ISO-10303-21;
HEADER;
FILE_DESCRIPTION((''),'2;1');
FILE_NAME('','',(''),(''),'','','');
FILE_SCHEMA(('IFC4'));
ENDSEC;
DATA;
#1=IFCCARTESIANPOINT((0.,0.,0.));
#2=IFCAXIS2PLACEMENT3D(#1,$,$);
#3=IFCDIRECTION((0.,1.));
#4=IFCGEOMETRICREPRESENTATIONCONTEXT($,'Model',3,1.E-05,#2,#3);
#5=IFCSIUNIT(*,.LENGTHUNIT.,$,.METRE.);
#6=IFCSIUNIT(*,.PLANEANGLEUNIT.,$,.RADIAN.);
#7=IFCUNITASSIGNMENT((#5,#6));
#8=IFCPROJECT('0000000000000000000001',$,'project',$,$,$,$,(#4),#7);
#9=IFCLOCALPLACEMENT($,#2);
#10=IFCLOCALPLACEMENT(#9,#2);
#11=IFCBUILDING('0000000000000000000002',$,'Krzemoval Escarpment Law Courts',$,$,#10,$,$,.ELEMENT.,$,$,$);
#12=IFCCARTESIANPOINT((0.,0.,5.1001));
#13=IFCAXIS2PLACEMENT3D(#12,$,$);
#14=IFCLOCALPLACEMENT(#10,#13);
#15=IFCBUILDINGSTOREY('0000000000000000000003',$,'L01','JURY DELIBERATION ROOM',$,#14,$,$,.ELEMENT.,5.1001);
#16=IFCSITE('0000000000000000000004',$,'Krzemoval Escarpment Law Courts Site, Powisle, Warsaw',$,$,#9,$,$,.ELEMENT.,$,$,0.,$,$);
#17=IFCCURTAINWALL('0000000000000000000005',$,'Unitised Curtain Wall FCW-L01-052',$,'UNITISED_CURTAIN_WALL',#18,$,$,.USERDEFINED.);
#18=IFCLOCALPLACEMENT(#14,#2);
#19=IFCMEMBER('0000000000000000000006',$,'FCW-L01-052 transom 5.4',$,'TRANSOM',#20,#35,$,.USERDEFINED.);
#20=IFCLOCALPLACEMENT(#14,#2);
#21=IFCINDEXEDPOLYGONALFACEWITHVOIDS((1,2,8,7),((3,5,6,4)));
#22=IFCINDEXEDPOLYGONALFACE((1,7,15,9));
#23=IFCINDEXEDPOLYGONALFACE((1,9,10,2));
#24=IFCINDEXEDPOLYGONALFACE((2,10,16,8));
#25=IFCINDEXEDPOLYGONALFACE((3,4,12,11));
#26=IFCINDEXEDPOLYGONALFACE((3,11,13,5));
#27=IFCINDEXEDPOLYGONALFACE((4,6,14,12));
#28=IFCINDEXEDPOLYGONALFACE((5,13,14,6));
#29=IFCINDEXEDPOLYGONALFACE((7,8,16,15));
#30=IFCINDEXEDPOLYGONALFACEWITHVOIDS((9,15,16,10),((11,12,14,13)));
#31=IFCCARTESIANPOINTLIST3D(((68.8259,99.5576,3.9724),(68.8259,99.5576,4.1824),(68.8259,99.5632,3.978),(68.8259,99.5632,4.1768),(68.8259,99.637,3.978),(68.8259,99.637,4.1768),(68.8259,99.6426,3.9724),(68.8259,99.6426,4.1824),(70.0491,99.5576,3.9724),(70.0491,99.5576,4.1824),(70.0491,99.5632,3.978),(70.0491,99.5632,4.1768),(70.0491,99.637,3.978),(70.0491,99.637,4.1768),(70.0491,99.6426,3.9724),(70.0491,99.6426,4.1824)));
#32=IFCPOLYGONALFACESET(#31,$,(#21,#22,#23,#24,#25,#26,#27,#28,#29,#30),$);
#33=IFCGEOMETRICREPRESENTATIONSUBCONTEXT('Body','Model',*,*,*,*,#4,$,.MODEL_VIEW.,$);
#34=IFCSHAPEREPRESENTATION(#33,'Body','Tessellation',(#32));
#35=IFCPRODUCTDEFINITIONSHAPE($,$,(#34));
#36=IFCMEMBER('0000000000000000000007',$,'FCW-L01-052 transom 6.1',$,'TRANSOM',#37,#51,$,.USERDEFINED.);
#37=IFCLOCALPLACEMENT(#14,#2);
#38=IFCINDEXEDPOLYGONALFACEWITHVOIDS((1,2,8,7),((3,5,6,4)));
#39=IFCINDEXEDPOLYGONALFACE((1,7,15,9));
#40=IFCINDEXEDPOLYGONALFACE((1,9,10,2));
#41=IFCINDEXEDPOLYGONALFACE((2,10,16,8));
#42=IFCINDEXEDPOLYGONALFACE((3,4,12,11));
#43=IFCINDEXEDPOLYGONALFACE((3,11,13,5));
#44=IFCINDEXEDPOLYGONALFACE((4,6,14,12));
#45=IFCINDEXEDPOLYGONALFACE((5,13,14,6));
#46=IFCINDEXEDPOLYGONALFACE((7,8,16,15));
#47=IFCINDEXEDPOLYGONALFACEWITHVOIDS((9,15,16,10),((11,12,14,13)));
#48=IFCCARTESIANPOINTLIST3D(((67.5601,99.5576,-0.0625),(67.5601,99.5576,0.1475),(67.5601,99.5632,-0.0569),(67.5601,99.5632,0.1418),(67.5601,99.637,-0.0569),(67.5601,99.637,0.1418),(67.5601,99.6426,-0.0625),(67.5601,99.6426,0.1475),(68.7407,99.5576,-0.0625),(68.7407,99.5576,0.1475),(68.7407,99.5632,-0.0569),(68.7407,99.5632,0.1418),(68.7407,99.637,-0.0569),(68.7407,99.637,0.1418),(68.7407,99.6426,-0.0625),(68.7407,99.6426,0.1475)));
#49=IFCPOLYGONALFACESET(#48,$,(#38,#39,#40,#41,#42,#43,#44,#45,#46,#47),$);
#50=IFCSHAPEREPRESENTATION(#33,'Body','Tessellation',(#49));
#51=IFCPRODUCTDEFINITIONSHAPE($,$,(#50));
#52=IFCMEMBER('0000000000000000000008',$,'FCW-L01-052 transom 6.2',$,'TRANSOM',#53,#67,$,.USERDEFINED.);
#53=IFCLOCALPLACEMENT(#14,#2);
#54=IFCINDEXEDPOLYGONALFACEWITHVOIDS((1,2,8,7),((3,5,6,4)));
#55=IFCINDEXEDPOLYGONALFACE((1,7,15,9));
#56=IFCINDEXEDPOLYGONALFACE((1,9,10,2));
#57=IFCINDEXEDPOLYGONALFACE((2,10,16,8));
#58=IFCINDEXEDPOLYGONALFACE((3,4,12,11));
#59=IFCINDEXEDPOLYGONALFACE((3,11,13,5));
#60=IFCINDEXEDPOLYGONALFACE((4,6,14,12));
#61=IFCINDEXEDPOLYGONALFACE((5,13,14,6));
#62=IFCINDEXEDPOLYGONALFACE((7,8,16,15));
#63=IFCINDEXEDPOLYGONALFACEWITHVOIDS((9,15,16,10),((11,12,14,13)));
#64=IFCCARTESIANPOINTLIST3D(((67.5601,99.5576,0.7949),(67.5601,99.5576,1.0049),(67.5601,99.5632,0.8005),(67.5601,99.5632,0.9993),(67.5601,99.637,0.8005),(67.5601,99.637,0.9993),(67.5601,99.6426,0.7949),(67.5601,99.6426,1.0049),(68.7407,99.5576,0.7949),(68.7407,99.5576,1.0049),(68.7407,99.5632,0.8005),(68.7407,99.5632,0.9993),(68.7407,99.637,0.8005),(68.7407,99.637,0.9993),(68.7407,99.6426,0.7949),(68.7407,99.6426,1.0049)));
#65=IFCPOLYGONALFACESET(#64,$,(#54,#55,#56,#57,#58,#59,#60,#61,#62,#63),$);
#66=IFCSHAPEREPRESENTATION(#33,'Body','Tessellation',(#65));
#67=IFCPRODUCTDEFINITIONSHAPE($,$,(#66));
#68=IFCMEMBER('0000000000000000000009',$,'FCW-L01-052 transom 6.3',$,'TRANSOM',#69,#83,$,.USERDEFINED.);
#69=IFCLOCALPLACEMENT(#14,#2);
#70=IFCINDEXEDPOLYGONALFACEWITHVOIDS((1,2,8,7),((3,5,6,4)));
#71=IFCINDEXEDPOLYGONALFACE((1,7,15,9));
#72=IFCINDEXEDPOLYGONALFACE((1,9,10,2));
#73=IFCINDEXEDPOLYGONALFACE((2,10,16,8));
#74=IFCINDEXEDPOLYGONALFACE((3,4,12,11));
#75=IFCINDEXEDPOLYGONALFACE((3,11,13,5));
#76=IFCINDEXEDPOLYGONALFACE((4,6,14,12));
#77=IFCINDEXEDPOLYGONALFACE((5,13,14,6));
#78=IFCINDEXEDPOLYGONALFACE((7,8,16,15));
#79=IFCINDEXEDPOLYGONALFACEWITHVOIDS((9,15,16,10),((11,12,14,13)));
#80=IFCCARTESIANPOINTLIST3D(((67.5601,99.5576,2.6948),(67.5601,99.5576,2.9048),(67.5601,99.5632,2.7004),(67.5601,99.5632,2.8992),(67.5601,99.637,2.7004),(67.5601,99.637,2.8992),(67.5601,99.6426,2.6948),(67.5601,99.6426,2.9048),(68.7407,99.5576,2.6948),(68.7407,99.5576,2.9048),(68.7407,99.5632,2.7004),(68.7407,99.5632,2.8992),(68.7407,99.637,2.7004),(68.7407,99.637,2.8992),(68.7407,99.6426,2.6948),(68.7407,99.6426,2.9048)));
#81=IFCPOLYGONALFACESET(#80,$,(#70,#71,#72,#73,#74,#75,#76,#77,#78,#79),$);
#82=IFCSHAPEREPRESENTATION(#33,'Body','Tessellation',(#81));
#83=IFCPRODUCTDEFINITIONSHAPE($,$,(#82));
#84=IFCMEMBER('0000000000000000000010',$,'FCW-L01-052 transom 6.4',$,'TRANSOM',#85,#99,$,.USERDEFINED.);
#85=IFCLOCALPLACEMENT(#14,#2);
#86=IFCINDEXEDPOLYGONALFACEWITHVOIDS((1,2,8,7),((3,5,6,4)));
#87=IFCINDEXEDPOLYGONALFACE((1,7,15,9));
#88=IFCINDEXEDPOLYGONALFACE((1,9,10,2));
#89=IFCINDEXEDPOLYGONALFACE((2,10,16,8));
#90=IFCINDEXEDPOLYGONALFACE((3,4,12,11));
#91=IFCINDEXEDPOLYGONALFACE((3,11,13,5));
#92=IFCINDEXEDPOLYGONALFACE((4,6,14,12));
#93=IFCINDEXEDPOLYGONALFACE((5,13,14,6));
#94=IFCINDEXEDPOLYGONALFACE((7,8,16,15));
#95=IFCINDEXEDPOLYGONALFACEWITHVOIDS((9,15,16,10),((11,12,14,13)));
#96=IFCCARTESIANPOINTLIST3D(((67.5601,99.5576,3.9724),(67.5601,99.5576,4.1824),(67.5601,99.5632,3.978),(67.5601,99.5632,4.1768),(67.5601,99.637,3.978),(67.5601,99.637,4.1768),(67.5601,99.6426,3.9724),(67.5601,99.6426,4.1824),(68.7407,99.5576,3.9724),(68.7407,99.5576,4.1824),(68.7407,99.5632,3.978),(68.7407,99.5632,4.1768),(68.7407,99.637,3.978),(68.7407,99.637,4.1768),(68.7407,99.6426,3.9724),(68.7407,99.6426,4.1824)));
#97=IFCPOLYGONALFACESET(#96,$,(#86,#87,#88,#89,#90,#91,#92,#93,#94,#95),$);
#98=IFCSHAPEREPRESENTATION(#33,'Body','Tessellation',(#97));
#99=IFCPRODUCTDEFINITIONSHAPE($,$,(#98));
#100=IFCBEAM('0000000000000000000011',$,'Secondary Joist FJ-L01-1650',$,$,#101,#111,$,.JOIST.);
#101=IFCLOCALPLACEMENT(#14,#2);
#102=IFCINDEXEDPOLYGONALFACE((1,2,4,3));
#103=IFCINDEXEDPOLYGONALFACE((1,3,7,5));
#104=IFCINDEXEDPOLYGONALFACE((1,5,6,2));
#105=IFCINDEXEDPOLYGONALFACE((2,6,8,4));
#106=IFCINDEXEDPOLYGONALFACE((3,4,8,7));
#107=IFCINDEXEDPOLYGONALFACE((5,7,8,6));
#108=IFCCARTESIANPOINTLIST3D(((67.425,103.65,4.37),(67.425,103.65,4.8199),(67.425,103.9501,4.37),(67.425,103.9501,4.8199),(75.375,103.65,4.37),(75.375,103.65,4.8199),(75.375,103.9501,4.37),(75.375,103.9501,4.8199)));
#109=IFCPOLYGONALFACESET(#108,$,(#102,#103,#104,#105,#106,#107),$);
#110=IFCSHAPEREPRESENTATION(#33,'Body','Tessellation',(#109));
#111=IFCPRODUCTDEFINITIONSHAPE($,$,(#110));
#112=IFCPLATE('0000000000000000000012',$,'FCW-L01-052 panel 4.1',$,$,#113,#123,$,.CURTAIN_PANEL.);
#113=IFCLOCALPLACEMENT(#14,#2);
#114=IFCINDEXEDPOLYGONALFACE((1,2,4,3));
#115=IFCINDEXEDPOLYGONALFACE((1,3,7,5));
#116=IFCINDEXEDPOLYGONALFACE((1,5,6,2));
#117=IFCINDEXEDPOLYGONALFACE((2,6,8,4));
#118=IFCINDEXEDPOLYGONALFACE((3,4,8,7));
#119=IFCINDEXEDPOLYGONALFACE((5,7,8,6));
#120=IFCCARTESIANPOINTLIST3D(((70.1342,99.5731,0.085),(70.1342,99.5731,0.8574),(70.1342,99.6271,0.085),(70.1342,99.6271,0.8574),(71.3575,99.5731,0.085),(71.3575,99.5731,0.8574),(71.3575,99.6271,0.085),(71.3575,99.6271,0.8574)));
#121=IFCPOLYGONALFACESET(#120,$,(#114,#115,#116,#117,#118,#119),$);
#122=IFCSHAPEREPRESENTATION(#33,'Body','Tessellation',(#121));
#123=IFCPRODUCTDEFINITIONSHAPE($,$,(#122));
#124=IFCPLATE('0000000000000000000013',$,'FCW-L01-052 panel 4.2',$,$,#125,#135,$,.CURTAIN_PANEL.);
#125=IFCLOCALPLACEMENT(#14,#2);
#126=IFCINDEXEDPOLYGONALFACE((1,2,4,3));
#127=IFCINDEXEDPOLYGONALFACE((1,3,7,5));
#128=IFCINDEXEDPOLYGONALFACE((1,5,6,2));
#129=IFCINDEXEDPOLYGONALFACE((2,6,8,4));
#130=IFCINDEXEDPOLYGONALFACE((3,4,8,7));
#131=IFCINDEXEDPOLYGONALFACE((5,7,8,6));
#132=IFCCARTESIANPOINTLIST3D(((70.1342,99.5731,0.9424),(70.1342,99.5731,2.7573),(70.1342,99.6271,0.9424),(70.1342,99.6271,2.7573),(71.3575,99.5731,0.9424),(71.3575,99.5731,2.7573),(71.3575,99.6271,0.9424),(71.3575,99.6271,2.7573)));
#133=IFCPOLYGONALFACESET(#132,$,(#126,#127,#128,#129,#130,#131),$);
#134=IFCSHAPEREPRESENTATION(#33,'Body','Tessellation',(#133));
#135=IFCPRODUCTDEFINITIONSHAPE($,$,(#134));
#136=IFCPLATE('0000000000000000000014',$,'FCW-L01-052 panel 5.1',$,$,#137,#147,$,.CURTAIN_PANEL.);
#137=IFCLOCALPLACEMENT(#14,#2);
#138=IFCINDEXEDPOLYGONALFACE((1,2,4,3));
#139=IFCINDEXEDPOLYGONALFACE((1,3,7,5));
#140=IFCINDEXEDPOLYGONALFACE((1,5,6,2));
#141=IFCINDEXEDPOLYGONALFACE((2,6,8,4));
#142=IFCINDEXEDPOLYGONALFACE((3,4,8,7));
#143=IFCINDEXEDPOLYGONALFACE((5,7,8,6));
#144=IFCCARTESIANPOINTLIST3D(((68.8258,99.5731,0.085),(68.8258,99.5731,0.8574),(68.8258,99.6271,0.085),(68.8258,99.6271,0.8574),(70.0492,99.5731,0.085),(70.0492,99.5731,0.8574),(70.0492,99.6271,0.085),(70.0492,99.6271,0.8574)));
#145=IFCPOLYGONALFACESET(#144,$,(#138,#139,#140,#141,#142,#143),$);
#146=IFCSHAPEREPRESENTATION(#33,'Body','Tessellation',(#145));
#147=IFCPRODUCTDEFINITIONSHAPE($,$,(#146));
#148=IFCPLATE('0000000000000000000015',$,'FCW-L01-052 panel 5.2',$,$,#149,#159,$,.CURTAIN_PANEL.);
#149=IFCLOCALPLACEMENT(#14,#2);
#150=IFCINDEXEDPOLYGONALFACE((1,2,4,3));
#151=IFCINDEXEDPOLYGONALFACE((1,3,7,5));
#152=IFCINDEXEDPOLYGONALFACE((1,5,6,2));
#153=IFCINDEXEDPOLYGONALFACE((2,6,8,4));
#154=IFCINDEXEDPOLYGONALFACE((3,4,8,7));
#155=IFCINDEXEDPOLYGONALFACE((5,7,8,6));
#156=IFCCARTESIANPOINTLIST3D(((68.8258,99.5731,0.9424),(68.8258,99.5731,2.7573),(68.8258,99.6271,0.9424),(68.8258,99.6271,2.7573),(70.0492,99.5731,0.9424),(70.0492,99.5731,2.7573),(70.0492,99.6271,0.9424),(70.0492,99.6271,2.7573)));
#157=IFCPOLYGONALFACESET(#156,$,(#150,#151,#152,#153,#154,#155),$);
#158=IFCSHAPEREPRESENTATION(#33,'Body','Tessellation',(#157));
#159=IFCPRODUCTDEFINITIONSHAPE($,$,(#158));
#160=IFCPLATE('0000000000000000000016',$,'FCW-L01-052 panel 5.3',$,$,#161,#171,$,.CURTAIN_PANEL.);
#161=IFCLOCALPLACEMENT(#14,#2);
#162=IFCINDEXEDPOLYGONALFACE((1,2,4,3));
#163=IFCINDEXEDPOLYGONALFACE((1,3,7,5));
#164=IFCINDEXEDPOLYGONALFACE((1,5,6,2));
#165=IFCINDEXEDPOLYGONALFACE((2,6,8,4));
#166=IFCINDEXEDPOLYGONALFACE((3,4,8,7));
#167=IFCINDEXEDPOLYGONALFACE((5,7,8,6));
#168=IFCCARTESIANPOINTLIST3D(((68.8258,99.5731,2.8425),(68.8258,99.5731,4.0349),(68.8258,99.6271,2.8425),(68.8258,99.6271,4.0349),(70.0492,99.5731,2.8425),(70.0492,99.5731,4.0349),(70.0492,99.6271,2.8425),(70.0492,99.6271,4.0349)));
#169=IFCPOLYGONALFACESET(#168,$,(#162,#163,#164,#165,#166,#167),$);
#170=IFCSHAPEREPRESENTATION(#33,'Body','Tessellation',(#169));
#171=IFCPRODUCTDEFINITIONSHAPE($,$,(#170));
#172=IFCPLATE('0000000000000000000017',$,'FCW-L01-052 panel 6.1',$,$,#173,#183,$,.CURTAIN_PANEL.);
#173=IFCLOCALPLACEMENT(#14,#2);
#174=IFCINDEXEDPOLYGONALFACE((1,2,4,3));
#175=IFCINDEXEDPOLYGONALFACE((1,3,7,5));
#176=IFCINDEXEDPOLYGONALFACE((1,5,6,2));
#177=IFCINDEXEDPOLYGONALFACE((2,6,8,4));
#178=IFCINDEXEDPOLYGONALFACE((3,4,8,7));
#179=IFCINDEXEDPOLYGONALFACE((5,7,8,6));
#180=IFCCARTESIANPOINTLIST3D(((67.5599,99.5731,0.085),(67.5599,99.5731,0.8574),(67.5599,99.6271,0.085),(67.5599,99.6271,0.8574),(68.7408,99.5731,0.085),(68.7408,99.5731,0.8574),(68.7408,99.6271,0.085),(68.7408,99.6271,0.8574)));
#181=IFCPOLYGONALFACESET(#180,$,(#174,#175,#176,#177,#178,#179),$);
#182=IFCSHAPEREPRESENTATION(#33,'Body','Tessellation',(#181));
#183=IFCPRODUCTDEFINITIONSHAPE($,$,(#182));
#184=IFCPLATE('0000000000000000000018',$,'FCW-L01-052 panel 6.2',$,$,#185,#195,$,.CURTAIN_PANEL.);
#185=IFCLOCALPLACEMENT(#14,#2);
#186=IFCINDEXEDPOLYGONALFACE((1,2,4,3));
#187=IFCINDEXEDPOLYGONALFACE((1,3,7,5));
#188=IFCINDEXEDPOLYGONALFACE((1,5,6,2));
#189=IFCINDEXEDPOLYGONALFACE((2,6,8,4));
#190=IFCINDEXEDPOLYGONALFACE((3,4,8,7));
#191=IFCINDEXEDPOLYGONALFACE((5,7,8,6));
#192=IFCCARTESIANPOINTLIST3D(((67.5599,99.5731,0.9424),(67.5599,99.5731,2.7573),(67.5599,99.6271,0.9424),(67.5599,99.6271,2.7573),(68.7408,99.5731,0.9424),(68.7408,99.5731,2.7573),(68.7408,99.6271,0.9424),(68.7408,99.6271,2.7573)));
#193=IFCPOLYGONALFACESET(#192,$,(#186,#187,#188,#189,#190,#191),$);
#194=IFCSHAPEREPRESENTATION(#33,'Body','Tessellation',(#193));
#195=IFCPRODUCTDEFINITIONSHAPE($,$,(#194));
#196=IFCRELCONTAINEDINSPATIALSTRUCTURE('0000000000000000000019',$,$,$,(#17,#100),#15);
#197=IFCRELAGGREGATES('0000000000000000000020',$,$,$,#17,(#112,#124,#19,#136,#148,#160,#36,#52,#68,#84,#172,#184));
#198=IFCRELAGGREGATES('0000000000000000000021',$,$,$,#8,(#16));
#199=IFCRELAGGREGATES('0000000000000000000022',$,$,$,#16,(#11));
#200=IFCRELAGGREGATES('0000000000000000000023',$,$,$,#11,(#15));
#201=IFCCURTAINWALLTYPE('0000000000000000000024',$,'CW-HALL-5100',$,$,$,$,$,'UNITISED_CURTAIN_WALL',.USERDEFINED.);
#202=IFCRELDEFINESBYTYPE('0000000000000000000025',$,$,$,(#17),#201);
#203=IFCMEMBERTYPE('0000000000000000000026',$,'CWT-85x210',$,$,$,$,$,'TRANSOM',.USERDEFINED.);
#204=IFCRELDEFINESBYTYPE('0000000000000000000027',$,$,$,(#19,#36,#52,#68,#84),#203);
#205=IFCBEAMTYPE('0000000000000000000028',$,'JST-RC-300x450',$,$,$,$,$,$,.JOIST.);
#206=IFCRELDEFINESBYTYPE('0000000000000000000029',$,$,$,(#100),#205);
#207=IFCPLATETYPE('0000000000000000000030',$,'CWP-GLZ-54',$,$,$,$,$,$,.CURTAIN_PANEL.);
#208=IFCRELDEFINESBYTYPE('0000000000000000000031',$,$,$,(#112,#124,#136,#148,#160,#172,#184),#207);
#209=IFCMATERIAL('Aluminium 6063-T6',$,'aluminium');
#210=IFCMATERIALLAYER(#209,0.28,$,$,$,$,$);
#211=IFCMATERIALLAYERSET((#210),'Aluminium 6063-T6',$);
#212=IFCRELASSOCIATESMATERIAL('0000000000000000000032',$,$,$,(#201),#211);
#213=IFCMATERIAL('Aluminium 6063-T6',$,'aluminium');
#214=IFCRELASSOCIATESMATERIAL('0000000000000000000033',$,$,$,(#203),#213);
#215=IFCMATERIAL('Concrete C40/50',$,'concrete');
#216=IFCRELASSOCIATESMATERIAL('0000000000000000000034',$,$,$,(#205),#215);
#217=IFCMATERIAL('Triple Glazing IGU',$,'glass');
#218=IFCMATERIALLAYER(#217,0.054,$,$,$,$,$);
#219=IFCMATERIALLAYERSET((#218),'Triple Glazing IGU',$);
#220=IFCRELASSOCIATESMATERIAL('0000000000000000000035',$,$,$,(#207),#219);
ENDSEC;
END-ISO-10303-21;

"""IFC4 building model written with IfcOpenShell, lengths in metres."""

from ifc_helpers import new_model, si_unit, direction, frame, origin, origin_2d, place, context, subcontext, project, spatial, rectangle, hollow_rectangle, extrude, material, layer, layer_set, material_profile, profile_set, type_object, element, aggregate, save


model = new_model("IFC4")

# Units and contexts
model_context = context("Model", 3, precision=1e-05, world=origin(), true_north=direction((0.0, 1.0)))
body_context = subcontext(model_context, "Body", "Model", "MODEL_VIEW")
ifc_project = project(units=[si_unit("LENGTHUNIT", "METRE"), si_unit("PLANEANGLEUNIT", "RADIAN")], contexts=[model_context])

# Site, building, storey
site_placement = place(None, origin())
site = spatial("IfcSite", under=ifc_project, at=site_placement, Name="Krzemoval Escarpment Law Courts Site, Powisle, Warsaw", CompositionType="ELEMENT", RefElevation=0.0)
building_placement = place(site_placement, origin())
building = spatial("IfcBuilding", under=site, at=building_placement, Name="Krzemoval Escarpment Law Courts", CompositionType="ELEMENT")
storey_placement = place(building_placement, frame((0.0, 0.0, 5.1001)))
storey = spatial("IfcBuildingStorey", under=building, at=storey_placement, Name="L01", Description="JURY DELIBERATION ROOM", CompositionType="ELEMENT", Elevation=5.1001)

# Curtain wall, members
ifc_material_1 = material(Name="Aluminium 6063-T6", Category="aluminium")
ifc_layer_1 = layer(ifc_material_1, 0.28)
ifc_layer_set_1 = layer_set([ifc_layer_1], Name="Aluminium 6063-T6")
curtain_wall_type = type_object("IfcCurtainWallType", Name="CW-HALL-5100", ElementType="UNITISED_CURTAIN_WALL", PredefinedType="USERDEFINED", material=ifc_layer_set_1)
curtain_wall_placement = place(storey_placement, origin())
curtain_wall = element("IfcCurtainWall", 1, at=curtain_wall_placement, inside=storey, type_object=curtain_wall_type, Name="Unitised Curtain Wall FCW-L01-052", ObjectType="UNITISED_CURTAIN_WALL", PredefinedType="USERDEFINED")
ifc_material_2 = material(Name="Aluminium 6063-T6", Category="aluminium")
ifc_material_profile_1 = material_profile(ifc_material_2, hollow_rectangle(XDim=0.085, YDim=0.21, WallThickness=0.0056, at=origin_2d()), Name="ALU T85x210")
ifc_profile_set_1 = profile_set([ifc_material_profile_1], Name="Aluminium 6063-T6")
member_type_1 = type_object("IfcMemberType", Name="CWT-85x210", ElementType="TRANSOM", PredefinedType="USERDEFINED", material=ifc_profile_set_1)
member_1_placement = place(storey_placement, frame((70.0491, 99.6001, 4.0774), z_axis=(-1.0, 0.0, 0.0), x_axis=(0.0, -1.0, 0.0)))
member_1 = element("IfcMember", 2, at=member_1_placement, type_object=member_type_1, Name="FCW-L01-052 transom 5.4", ObjectType="TRANSOM", PredefinedType="USERDEFINED", context=body_context, shape_type="SweptSolid", body=[
    extrude(hollow_rectangle(XDim=0.085, YDim=0.21, WallThickness=0.0056, at=origin_2d()), origin(), (0.0, 0.0, 1.0), 1.2231),
])
member_2_placement = place(storey_placement, frame((68.7407, 99.6001, 0.0425), z_axis=(-1.0, 0.0, 0.0), x_axis=(0.0, -1.0, 0.0)))
member_2 = element("IfcMember", 3, at=member_2_placement, type_object=member_type_1, Name="FCW-L01-052 transom 6.1", ObjectType="TRANSOM", PredefinedType="USERDEFINED", context=body_context, shape_type="SweptSolid", body=[
    extrude(hollow_rectangle(XDim=0.085, YDim=0.21, WallThickness=0.0056, at=origin_2d()), origin(), (0.0, 0.0, 1.0), 1.1807),
])
member_3_placement = place(storey_placement, frame((68.7407, 99.6001, 0.8999), z_axis=(-1.0, 0.0, 0.0), x_axis=(0.0, -1.0, 0.0)))
member_3 = element("IfcMember", 4, at=member_3_placement, type_object=member_type_1, Name="FCW-L01-052 transom 6.2", ObjectType="TRANSOM", PredefinedType="USERDEFINED", context=body_context, shape_type="SweptSolid", body=[
    extrude(hollow_rectangle(XDim=0.085, YDim=0.21, WallThickness=0.0056, at=origin_2d()), origin(), (0.0, 0.0, 1.0), 1.1807),
])
member_4_placement = place(storey_placement, frame((68.7407, 99.6001, 2.7998), z_axis=(-1.0, 0.0, 0.0), x_axis=(0.0, -1.0, 0.0)))
member_4 = element("IfcMember", 5, at=member_4_placement, type_object=member_type_1, Name="FCW-L01-052 transom 6.3", ObjectType="TRANSOM", PredefinedType="USERDEFINED", context=body_context, shape_type="SweptSolid", body=[
    extrude(hollow_rectangle(XDim=0.085, YDim=0.21, WallThickness=0.0056, at=origin_2d()), origin(), (0.0, 0.0, 1.0), 1.1807),
])
member_5_placement = place(storey_placement, frame((68.7407, 99.6001, 4.0774), z_axis=(-1.0, 0.0, 0.0), x_axis=(0.0, -1.0, 0.0)))
member_5 = element("IfcMember", 6, at=member_5_placement, type_object=member_type_1, Name="FCW-L01-052 transom 6.4", ObjectType="TRANSOM", PredefinedType="USERDEFINED", context=body_context, shape_type="SweptSolid", body=[
    extrude(hollow_rectangle(XDim=0.085, YDim=0.21, WallThickness=0.0056, at=origin_2d()), origin(), (0.0, 0.0, 1.0), 1.1807),
])

# Beam
ifc_material_3 = material(Name="Concrete C40/50", Category="concrete")
ifc_material_profile_2 = material_profile(ifc_material_3, rectangle(XDim=0.3, YDim=0.45, at=origin_2d()), Name="RCB 300x450")
ifc_profile_set_2 = profile_set([ifc_material_profile_2], Name="Concrete C40/50")
beam_type_1 = type_object("IfcBeamType", Name="JST-RC-300x450", PredefinedType="JOIST", material=ifc_profile_set_2)
beam_1_placement = place(storey_placement, frame((67.425, 103.8, 4.595), z_axis=(1.0, 0.0, 0.0), x_axis=(0.0, 1.0, 0.0)))
element("IfcBeam", 7, at=beam_1_placement, inside=storey, type_object=beam_type_1, Name="Secondary Joist FJ-L01-1650", PredefinedType="JOIST", context=body_context, shape_type="SweptSolid", body=[
    extrude(rectangle(XDim=0.3, YDim=0.45, at=origin_2d()), origin(), (0.0, 0.0, 1.0), 7.95),
])

# Plates
ifc_material_4 = material(Name="Triple Glazing IGU", Category="glass")
ifc_layer_2 = layer(ifc_material_4, 0.054)
ifc_layer_set_2 = layer_set([ifc_layer_2], Name="Triple Glazing IGU")
plate_type = type_object("IfcPlateType", Name="CWP-GLZ-54", PredefinedType="CURTAIN_PANEL", material=ifc_layer_set_2)
plate_1_placement = place(storey_placement, frame((70.7458, 99.6001, 0.085), z_axis=(0.0, 0.0, 1.0), x_axis=(-1.0, 0.0, 0.0)))
plate_1 = element("IfcPlate", 8, at=plate_1_placement, type_object=plate_type, Name="FCW-L01-052 panel 4.1", PredefinedType="CURTAIN_PANEL", context=body_context, shape_type="SweptSolid", body=[
    extrude(rectangle(XDim=1.2234, YDim=0.054, at=origin_2d()), origin(), (0.0, 0.0, 1.0), 0.7725),
])
plate_2_placement = place(storey_placement, frame((70.7458, 99.6001, 0.9424), z_axis=(0.0, 0.0, 1.0), x_axis=(-1.0, 0.0, 0.0)))
plate_2 = element("IfcPlate", 9, at=plate_2_placement, type_object=plate_type, Name="FCW-L01-052 panel 4.2", PredefinedType="CURTAIN_PANEL", context=body_context, shape_type="SweptSolid", body=[
    extrude(rectangle(XDim=1.2234, YDim=0.054, at=origin_2d()), origin(), (0.0, 0.0, 1.0), 1.8149),
])
plate_3_placement = place(storey_placement, frame((69.4375, 99.6001, 0.085), z_axis=(0.0, 0.0, 1.0), x_axis=(-1.0, 0.0, 0.0)))
plate_3 = element("IfcPlate", 10, at=plate_3_placement, type_object=plate_type, Name="FCW-L01-052 panel 5.1", PredefinedType="CURTAIN_PANEL", context=body_context, shape_type="SweptSolid", body=[
    extrude(rectangle(XDim=1.2234, YDim=0.054, at=origin_2d()), origin(), (0.0, 0.0, 1.0), 0.7725),
])
plate_4_placement = place(storey_placement, frame((69.4375, 99.6001, 0.9424), z_axis=(0.0, 0.0, 1.0), x_axis=(-1.0, 0.0, 0.0)))
plate_4 = element("IfcPlate", 11, at=plate_4_placement, type_object=plate_type, Name="FCW-L01-052 panel 5.2", PredefinedType="CURTAIN_PANEL", context=body_context, shape_type="SweptSolid", body=[
    extrude(rectangle(XDim=1.2234, YDim=0.054, at=origin_2d()), origin(), (0.0, 0.0, 1.0), 1.8149),
])
plate_5_placement = place(storey_placement, frame((69.4375, 99.6001, 2.8425), z_axis=(0.0, 0.0, 1.0), x_axis=(-1.0, 0.0, 0.0)))
plate_5 = element("IfcPlate", 12, at=plate_5_placement, type_object=plate_type, Name="FCW-L01-052 panel 5.3", PredefinedType="CURTAIN_PANEL", context=body_context, shape_type="SweptSolid", body=[
    extrude(rectangle(XDim=1.2234, YDim=0.054, at=origin_2d()), origin(), (0.0, 0.0, 1.0), 1.1924),
])
plate_6_placement = place(storey_placement, frame((68.1504, 99.6001, 0.085), z_axis=(0.0, 0.0, 1.0), x_axis=(-1.0, 0.0, 0.0)))
plate_6 = element("IfcPlate", 13, at=plate_6_placement, type_object=plate_type, Name="FCW-L01-052 panel 6.1", PredefinedType="CURTAIN_PANEL", context=body_context, shape_type="SweptSolid", body=[
    extrude(rectangle(XDim=1.1809, YDim=0.054, at=origin_2d()), origin(), (0.0, 0.0, 1.0), 0.7725),
])
plate_7_placement = place(storey_placement, frame((68.1504, 99.6001, 0.9424), z_axis=(0.0, 0.0, 1.0), x_axis=(-1.0, 0.0, 0.0)))
plate_7 = element("IfcPlate", 14, at=plate_7_placement, type_object=plate_type, Name="FCW-L01-052 panel 6.2", PredefinedType="CURTAIN_PANEL", context=body_context, shape_type="SweptSolid", body=[
    extrude(rectangle(XDim=1.1809, YDim=0.054, at=origin_2d()), origin(), (0.0, 0.0, 1.0), 1.8149),
])
aggregate(curtain_wall, [plate_1, plate_2, member_1, plate_3, plate_4, plate_5, member_2, member_3, member_4, member_5, plate_6, plate_7])

save(model, "model.ifc")
